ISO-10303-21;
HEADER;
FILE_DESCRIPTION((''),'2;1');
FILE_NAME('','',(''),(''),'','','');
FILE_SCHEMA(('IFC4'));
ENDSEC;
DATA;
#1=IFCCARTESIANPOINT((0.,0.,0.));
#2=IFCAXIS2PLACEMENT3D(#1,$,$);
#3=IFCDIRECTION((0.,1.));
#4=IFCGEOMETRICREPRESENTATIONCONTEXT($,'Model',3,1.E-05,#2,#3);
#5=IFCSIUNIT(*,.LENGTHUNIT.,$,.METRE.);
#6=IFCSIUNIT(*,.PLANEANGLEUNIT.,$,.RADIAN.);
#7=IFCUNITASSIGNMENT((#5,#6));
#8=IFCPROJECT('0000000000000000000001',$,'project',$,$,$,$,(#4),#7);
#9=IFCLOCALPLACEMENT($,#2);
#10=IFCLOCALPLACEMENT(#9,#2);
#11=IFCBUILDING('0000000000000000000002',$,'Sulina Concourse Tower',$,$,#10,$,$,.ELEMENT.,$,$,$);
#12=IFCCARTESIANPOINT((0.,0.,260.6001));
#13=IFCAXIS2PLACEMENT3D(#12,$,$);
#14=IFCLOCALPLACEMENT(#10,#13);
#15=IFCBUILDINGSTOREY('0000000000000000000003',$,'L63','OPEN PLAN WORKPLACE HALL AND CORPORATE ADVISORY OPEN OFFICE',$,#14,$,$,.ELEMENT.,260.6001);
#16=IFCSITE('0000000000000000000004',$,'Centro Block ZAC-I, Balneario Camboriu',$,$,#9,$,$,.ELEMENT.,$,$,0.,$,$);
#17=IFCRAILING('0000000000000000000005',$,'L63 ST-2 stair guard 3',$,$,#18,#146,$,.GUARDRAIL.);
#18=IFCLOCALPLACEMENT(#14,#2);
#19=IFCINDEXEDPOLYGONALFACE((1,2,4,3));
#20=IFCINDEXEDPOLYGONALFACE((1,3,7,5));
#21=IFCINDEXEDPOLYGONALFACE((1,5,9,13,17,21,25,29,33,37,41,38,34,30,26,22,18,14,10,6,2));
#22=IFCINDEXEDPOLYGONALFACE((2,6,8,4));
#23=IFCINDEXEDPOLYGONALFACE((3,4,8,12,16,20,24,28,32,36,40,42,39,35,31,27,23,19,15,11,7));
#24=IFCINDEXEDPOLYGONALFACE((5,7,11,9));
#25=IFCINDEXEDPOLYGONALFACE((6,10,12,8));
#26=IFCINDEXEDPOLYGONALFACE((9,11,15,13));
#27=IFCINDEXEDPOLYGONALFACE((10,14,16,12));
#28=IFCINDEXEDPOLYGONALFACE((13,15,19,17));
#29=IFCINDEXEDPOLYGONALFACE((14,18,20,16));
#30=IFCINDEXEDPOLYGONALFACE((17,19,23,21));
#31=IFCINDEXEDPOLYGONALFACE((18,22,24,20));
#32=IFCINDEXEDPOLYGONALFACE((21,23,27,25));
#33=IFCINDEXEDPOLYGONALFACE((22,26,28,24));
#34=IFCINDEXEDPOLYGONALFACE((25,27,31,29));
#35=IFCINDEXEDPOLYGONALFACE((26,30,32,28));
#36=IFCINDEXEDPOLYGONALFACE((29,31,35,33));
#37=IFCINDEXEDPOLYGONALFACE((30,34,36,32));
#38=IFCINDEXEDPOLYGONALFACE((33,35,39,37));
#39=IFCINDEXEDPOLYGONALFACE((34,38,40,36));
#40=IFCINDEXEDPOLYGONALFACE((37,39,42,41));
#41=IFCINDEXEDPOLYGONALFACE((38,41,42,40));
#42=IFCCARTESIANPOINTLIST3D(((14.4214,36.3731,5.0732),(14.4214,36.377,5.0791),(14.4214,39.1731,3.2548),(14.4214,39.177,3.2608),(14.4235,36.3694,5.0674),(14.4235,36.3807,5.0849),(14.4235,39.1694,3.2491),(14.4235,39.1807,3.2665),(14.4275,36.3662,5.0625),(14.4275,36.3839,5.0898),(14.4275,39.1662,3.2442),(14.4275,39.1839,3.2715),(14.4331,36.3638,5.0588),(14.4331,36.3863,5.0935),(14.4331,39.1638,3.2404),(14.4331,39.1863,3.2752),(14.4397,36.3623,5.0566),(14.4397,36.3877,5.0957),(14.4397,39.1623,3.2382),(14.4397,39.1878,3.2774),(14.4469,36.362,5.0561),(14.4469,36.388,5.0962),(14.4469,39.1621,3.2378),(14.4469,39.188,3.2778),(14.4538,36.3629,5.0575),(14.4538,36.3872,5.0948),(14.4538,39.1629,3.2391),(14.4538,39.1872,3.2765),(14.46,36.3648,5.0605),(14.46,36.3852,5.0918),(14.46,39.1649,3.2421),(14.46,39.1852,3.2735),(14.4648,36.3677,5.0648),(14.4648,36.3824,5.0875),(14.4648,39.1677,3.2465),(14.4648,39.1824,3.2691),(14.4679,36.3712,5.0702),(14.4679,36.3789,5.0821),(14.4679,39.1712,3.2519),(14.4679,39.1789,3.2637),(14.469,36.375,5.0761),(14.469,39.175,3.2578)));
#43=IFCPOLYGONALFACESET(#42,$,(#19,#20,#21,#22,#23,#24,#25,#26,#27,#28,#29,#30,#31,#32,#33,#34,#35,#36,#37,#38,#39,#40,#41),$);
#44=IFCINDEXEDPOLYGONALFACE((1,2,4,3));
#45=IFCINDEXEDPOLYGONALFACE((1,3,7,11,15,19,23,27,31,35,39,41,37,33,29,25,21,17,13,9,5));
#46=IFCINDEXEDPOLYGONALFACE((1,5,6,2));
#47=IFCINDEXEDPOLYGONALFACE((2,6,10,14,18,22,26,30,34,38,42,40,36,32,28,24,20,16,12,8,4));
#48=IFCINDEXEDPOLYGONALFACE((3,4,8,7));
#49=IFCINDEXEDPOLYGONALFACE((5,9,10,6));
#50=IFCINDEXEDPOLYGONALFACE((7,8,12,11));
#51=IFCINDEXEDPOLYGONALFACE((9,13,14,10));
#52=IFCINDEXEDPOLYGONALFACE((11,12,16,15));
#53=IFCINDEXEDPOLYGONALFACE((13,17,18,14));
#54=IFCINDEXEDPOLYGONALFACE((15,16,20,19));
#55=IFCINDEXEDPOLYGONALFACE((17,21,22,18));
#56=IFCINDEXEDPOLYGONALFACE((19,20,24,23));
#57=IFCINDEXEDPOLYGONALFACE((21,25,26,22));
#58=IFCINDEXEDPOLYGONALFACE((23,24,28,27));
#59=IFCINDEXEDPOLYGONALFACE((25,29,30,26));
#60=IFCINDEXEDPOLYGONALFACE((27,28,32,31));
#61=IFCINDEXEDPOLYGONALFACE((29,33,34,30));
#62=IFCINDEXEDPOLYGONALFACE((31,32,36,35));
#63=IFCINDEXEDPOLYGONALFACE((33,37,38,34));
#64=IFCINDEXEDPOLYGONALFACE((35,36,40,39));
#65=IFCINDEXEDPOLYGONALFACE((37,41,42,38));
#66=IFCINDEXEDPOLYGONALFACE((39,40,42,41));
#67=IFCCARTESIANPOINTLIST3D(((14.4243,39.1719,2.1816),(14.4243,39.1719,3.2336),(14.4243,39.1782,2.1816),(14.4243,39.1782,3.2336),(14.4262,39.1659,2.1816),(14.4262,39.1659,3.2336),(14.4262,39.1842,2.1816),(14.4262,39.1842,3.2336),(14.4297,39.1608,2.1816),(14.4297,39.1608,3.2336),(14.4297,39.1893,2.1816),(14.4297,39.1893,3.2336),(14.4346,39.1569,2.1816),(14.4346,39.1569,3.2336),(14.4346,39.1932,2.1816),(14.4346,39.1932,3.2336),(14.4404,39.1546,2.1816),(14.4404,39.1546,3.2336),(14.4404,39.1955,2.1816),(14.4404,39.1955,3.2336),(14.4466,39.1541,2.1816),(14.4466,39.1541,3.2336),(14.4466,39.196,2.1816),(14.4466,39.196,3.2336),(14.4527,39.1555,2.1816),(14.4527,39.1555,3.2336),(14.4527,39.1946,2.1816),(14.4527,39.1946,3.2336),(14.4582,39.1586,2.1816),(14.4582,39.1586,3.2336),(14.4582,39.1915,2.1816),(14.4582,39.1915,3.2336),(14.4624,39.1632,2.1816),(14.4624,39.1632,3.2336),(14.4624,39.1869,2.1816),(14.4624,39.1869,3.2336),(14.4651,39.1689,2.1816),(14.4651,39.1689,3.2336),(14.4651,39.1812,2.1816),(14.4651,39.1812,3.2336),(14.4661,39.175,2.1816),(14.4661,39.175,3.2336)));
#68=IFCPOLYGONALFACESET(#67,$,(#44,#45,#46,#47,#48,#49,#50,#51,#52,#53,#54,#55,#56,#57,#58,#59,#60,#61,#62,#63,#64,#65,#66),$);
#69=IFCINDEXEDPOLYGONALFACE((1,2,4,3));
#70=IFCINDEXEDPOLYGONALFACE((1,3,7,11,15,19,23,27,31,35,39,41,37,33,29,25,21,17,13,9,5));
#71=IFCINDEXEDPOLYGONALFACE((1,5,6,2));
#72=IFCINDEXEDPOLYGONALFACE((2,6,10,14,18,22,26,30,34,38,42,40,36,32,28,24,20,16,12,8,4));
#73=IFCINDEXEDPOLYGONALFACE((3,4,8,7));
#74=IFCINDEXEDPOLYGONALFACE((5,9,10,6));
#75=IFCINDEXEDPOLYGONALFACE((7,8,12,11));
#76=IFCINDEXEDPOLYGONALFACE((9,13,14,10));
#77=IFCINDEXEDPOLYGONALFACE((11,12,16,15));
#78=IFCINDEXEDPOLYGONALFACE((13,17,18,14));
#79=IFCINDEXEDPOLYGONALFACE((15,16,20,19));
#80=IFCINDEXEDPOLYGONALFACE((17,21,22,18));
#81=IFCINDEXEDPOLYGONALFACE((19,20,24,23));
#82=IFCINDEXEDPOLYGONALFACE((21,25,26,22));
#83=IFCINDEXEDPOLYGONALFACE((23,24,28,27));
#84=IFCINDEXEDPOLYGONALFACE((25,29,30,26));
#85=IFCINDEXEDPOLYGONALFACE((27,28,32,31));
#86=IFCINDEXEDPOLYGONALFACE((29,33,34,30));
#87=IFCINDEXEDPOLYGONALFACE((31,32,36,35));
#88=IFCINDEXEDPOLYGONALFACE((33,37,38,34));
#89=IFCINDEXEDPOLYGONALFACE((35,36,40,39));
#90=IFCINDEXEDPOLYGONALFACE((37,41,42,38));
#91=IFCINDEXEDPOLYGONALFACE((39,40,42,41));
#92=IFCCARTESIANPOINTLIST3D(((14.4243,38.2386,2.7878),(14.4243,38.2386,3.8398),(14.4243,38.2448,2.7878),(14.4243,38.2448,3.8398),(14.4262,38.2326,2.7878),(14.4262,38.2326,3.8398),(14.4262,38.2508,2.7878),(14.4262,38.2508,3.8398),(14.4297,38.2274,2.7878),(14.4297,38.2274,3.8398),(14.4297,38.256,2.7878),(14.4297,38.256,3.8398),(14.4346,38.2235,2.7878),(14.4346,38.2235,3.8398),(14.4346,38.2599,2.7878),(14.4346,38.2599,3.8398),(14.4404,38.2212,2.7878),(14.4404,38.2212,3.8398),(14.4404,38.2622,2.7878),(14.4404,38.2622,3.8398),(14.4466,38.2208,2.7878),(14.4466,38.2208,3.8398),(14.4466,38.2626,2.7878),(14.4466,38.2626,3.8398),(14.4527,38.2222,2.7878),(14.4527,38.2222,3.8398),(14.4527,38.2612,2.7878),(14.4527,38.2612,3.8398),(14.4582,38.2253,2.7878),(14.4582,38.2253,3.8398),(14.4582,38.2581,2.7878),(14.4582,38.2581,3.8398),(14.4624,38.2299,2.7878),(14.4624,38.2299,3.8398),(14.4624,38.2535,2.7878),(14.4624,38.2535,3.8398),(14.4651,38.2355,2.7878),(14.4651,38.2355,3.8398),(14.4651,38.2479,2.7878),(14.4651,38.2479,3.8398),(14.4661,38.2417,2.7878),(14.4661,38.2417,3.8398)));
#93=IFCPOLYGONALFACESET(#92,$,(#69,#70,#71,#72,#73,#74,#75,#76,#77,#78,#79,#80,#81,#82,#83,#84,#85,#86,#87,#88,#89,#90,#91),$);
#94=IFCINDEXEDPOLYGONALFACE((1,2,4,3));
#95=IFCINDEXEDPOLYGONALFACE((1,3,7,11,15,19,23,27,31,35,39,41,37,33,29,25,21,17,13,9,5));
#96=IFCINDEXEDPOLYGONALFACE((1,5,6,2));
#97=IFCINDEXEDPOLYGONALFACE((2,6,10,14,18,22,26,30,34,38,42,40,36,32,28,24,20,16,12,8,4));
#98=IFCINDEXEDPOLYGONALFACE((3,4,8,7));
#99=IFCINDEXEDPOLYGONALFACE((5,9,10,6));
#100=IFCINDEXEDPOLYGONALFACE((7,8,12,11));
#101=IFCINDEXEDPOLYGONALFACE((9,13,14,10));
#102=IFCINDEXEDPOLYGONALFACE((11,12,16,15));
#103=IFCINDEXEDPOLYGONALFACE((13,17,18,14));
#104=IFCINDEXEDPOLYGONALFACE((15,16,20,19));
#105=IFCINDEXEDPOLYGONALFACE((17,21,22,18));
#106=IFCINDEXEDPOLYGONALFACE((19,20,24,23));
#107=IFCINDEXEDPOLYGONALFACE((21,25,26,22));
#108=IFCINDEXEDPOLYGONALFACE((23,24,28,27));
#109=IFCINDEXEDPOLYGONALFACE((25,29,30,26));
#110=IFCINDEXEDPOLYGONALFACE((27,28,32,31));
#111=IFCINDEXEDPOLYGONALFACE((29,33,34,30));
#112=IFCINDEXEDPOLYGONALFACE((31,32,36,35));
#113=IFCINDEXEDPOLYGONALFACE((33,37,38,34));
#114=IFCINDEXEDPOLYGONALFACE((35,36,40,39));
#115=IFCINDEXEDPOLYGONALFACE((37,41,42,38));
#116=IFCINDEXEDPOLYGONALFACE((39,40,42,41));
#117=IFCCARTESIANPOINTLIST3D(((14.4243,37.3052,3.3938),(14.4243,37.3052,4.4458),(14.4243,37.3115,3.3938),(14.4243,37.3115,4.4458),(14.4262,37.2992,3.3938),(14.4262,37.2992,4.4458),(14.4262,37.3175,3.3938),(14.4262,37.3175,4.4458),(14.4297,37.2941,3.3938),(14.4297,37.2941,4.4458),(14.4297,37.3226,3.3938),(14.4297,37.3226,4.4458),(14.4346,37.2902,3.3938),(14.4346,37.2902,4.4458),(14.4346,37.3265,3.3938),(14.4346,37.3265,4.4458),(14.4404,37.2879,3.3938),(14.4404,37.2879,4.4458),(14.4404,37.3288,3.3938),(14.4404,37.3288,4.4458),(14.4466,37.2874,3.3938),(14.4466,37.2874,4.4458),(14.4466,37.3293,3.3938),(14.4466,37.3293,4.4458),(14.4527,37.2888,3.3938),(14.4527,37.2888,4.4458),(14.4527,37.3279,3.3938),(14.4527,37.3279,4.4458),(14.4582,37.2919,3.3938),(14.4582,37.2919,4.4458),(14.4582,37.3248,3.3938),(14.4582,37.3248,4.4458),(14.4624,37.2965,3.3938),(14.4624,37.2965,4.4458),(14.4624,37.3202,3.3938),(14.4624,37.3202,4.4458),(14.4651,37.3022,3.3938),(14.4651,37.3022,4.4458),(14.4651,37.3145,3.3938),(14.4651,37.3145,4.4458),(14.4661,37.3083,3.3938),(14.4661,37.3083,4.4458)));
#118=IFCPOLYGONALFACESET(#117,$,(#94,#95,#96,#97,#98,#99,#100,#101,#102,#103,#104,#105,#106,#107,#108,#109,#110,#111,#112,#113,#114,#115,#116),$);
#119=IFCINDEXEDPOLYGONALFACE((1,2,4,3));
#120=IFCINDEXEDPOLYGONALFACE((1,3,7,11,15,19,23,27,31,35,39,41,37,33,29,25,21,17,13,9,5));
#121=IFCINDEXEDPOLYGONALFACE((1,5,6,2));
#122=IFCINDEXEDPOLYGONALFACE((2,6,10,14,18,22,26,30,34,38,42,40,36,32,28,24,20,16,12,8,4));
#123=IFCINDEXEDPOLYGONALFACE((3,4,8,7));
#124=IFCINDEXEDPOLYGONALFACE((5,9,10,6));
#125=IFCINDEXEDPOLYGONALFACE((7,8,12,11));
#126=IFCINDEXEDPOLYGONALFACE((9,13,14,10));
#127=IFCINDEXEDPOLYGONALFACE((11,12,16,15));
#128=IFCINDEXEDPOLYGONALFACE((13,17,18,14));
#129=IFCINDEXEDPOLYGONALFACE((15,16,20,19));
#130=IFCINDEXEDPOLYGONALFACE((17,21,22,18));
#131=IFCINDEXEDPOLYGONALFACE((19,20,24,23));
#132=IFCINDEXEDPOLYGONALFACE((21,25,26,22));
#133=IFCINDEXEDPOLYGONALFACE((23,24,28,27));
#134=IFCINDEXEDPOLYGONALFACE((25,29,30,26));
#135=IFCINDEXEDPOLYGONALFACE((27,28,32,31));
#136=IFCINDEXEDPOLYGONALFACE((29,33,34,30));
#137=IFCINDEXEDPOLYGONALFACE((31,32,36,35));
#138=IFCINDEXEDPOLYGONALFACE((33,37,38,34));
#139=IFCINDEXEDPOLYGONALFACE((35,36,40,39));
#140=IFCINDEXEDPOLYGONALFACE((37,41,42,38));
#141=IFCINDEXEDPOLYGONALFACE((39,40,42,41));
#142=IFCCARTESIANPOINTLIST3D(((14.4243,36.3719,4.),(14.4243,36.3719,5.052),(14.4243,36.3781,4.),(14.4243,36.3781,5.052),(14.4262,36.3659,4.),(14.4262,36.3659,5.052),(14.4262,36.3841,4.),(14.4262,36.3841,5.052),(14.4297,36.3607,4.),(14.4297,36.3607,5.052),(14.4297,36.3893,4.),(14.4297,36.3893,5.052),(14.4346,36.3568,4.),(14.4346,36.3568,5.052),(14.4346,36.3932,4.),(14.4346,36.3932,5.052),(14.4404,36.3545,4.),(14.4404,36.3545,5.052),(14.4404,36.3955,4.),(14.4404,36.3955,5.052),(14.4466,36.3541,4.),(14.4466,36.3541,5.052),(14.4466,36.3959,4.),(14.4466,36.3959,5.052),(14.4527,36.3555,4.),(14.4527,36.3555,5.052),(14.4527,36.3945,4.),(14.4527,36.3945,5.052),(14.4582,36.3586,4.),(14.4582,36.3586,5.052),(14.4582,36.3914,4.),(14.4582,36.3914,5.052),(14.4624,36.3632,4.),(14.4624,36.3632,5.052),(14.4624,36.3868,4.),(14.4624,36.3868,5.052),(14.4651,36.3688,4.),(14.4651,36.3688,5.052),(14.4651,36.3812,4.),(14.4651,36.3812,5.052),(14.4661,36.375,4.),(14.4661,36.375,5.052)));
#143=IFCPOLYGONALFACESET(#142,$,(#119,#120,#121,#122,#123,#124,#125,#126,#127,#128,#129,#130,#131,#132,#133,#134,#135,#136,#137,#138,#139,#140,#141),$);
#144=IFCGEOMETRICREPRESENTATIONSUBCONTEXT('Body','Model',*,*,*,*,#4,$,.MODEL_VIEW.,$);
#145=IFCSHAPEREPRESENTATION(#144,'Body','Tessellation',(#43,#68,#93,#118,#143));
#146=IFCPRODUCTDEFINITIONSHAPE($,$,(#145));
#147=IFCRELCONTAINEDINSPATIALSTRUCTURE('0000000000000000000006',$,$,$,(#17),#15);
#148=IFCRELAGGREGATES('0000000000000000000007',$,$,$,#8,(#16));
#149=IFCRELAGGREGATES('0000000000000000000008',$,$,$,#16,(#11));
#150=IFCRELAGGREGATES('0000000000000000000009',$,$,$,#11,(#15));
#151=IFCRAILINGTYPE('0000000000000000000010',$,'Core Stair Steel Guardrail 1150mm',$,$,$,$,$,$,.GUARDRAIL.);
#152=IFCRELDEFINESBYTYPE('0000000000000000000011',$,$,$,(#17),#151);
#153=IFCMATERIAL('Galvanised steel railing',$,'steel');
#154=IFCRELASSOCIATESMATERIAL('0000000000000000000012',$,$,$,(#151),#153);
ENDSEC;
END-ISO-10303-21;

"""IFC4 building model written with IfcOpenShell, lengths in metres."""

from ifc_helpers import new_model, si_unit, direction, frame, origin, origin_2d, place, context, subcontext, project, spatial, circle, extrude, material, type_object, element, save


model = new_model("IFC4")

# Units and contexts
model_context = context("Model", 3, precision=1e-05, world=origin(), true_north=direction((0.0, 1.0)))
body_context = subcontext(model_context, "Body", "Model", "MODEL_VIEW")
ifc_project = project(units=[si_unit("LENGTHUNIT", "METRE"), si_unit("PLANEANGLEUNIT", "RADIAN")], contexts=[model_context])

# Site, building, storey
site_placement = place(None, origin())
site = spatial("IfcSite", under=ifc_project, at=site_placement, Name="Centro Block ZAC-I, Balneario Camboriu", CompositionType="ELEMENT", RefElevation=0.0)
building_placement = place(site_placement, origin())
building = spatial("IfcBuilding", under=site, at=building_placement, Name="Sulina Concourse Tower", CompositionType="ELEMENT")
storey_placement = place(building_placement, frame((0.0, 0.0, 260.6001)))
storey = spatial("IfcBuildingStorey", under=building, at=storey_placement, Name="L63", Description="OPEN PLAN WORKPLACE HALL AND CORPORATE ADVISORY OPEN OFFICE", CompositionType="ELEMENT", Elevation=260.6001)

# Railing
ifc_material_1 = material(Name="Galvanised steel railing", Category="steel")
railing_type_1 = type_object("IfcRailingType", Name="Core Stair Steel Guardrail 1150mm", PredefinedType="GUARDRAIL", material=ifc_material_1)
railing_1_placement = place(storey_placement, frame((14.4451, 39.175, 2.1816)))
element("IfcRailing", 1, at=railing_1_placement, inside=storey, type_object=railing_type_1, Name="L63 ST-2 stair guard 3", PredefinedType="GUARDRAIL", context=body_context, shape_type="SweptSolid", body=[
    extrude(circle(Radius=0.0239, at=origin_2d()), frame((0.0, 0.0, 1.0762), z_axis=(0.0, -0.838672, 0.544636), x_axis=(1.0, 0.0, 0.0)), (0.0, 0.0, 1.0), 3.3386),
    extrude(circle(Radius=0.021, at=origin_2d()), origin(), (0.0, 0.0, 1.0), 1.052),
    extrude(circle(Radius=0.021, at=origin_2d()), frame((0.0, -0.9333, 0.6062)), (0.0, 0.0, 1.0), 1.052),
    extrude(circle(Radius=0.021, at=origin_2d()), frame((0.0, -1.8667, 1.2122)), (0.0, 0.0, 1.0), 1.052),
    extrude(circle(Radius=0.021, at=origin_2d()), frame((0.0, -2.8, 1.8184)), (0.0, 0.0, 1.0), 1.052),
])

save(model, "model.ifc")
